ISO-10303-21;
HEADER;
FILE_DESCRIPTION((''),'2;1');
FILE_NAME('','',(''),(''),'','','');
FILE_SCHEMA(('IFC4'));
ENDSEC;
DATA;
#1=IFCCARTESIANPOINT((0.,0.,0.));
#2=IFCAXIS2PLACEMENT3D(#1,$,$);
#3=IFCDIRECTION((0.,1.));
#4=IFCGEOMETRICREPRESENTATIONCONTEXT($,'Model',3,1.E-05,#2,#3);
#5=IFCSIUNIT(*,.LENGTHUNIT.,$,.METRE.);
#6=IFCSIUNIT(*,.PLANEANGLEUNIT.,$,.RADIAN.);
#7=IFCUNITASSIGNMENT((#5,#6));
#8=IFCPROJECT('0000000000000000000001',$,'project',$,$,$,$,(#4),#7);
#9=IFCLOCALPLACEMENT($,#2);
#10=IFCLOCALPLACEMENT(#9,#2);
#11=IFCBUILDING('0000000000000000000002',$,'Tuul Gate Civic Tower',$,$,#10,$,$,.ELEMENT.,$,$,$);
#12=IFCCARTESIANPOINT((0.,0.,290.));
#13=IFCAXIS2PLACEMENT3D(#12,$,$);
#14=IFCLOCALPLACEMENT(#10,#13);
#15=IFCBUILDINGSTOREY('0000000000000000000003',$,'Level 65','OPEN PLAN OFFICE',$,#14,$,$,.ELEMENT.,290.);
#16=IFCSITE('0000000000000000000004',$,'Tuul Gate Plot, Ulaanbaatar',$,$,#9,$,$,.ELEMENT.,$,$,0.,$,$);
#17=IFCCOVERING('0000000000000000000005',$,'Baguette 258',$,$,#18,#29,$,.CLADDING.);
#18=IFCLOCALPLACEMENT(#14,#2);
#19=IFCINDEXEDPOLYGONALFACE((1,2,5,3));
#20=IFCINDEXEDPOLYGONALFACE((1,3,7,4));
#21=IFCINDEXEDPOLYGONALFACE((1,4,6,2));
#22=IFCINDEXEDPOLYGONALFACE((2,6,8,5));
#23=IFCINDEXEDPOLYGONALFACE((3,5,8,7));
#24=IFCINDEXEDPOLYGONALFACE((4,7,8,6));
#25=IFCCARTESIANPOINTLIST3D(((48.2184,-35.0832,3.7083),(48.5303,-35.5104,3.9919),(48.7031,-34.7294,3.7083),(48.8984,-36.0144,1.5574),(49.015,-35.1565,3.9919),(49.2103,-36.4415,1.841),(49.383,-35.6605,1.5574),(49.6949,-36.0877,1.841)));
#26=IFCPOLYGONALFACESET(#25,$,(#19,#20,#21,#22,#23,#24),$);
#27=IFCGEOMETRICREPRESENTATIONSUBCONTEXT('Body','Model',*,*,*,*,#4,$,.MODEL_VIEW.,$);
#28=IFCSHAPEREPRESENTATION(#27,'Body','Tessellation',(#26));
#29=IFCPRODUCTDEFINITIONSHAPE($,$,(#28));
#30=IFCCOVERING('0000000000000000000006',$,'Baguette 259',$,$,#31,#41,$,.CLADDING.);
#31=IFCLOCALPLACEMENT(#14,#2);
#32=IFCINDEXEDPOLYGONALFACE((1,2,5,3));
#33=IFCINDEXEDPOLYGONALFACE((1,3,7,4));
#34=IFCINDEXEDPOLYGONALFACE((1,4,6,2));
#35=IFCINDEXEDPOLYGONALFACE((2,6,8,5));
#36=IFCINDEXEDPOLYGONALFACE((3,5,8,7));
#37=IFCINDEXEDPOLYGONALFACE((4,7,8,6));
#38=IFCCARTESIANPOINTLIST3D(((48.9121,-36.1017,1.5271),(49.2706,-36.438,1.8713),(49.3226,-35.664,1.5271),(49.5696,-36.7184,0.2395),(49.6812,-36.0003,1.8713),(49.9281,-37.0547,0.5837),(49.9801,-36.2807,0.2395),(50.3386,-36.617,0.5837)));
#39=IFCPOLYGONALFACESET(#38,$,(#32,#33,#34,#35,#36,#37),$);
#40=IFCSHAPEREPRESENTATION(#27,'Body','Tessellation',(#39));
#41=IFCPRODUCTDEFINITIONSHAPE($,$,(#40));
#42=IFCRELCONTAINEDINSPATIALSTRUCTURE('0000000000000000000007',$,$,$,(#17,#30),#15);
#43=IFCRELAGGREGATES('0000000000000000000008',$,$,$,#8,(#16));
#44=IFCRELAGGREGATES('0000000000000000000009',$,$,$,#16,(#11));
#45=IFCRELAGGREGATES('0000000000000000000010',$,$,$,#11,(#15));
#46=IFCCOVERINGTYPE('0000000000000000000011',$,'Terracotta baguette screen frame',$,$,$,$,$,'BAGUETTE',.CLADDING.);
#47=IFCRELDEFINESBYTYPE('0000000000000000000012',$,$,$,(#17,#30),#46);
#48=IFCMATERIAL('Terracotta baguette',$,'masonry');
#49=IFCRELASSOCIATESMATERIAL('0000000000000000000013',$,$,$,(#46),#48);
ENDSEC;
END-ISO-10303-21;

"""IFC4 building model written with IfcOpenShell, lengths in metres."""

from ifc_helpers import new_model, si_unit, direction, frame, origin, origin_2d, place, context, subcontext, project, spatial, rectangle, extrude, material, material_profile, profile_set, type_object, element, save


model = new_model("IFC4")

# Units and contexts
model_context = context("Model", 3, precision=1e-05, world=origin(), true_north=direction((0.0, 1.0)))
body_context = subcontext(model_context, "Body", "Model", "MODEL_VIEW")
ifc_project = project(units=[si_unit("LENGTHUNIT", "METRE"), si_unit("PLANEANGLEUNIT", "RADIAN")], contexts=[model_context])

# Site, building, storey
site_placement = place(None, origin())
site = spatial("IfcSite", under=ifc_project, at=site_placement, Name="Tuul Gate Plot, Ulaanbaatar", CompositionType="ELEMENT", RefElevation=0.0)
building_placement = place(site_placement, origin())
building = spatial("IfcBuilding", under=site, at=building_placement, Name="Tuul Gate Civic Tower", CompositionType="ELEMENT")
storey_placement = place(building_placement, frame((0.0, 0.0, 290.0)))
storey = spatial("IfcBuildingStorey", under=building, at=storey_placement, Name="Level 65", Description="OPEN PLAN OFFICE", CompositionType="ELEMENT", Elevation=290.0)

# Coverings
ifc_material_1 = material(Name="Terracotta baguette", Category="masonry")
ifc_material_profile_1 = material_profile(ifc_material_1, rectangle(XDim=0.6001, YDim=0.6001, at=origin_2d()), Name="Terracotta baguette screen frame")
ifc_profile_set_1 = profile_set([ifc_material_profile_1], Name="Terracotta baguette")
covering_type = type_object("IfcCoveringType", Name="Terracotta baguette screen frame", ElementType="BAGUETTE", PredefinedType="CLADDING", material=ifc_profile_set_1)
covering_1_placement = place(storey_placement, frame((48.6167, -35.1199, 3.8501), z_axis=(0.278613, -0.381555, -0.881357), x_axis=(0.807608, 0.589719, 0.0)))
element("IfcCovering", 1, at=covering_1_placement, inside=storey, type_object=covering_type, Name="Baguette 258", PredefinedType="CLADDING", context=body_context, shape_type="SweptSolid", body=[
    extrude(rectangle(XDim=0.6001, YDim=0.6001, at=origin_2d()), origin(), (0.0, 0.0, 1.0), 2.4404),
])
covering_2_placement = place(storey_placement, frame((49.2966, -36.051, 1.6992), z_axis=(0.418297, -0.392357, -0.819197), x_axis=(0.68413, 0.72936, 0.0)))
element("IfcCovering", 2, at=covering_2_placement, inside=storey, type_object=covering_type, Name="Baguette 259", PredefinedType="CLADDING", context=body_context, shape_type="SweptSolid", body=[
    extrude(rectangle(XDim=0.6001, YDim=0.6001, at=origin_2d()), origin(), (0.0, 0.0, 1.0), 1.5718),
])

save(model, "model.ifc")
